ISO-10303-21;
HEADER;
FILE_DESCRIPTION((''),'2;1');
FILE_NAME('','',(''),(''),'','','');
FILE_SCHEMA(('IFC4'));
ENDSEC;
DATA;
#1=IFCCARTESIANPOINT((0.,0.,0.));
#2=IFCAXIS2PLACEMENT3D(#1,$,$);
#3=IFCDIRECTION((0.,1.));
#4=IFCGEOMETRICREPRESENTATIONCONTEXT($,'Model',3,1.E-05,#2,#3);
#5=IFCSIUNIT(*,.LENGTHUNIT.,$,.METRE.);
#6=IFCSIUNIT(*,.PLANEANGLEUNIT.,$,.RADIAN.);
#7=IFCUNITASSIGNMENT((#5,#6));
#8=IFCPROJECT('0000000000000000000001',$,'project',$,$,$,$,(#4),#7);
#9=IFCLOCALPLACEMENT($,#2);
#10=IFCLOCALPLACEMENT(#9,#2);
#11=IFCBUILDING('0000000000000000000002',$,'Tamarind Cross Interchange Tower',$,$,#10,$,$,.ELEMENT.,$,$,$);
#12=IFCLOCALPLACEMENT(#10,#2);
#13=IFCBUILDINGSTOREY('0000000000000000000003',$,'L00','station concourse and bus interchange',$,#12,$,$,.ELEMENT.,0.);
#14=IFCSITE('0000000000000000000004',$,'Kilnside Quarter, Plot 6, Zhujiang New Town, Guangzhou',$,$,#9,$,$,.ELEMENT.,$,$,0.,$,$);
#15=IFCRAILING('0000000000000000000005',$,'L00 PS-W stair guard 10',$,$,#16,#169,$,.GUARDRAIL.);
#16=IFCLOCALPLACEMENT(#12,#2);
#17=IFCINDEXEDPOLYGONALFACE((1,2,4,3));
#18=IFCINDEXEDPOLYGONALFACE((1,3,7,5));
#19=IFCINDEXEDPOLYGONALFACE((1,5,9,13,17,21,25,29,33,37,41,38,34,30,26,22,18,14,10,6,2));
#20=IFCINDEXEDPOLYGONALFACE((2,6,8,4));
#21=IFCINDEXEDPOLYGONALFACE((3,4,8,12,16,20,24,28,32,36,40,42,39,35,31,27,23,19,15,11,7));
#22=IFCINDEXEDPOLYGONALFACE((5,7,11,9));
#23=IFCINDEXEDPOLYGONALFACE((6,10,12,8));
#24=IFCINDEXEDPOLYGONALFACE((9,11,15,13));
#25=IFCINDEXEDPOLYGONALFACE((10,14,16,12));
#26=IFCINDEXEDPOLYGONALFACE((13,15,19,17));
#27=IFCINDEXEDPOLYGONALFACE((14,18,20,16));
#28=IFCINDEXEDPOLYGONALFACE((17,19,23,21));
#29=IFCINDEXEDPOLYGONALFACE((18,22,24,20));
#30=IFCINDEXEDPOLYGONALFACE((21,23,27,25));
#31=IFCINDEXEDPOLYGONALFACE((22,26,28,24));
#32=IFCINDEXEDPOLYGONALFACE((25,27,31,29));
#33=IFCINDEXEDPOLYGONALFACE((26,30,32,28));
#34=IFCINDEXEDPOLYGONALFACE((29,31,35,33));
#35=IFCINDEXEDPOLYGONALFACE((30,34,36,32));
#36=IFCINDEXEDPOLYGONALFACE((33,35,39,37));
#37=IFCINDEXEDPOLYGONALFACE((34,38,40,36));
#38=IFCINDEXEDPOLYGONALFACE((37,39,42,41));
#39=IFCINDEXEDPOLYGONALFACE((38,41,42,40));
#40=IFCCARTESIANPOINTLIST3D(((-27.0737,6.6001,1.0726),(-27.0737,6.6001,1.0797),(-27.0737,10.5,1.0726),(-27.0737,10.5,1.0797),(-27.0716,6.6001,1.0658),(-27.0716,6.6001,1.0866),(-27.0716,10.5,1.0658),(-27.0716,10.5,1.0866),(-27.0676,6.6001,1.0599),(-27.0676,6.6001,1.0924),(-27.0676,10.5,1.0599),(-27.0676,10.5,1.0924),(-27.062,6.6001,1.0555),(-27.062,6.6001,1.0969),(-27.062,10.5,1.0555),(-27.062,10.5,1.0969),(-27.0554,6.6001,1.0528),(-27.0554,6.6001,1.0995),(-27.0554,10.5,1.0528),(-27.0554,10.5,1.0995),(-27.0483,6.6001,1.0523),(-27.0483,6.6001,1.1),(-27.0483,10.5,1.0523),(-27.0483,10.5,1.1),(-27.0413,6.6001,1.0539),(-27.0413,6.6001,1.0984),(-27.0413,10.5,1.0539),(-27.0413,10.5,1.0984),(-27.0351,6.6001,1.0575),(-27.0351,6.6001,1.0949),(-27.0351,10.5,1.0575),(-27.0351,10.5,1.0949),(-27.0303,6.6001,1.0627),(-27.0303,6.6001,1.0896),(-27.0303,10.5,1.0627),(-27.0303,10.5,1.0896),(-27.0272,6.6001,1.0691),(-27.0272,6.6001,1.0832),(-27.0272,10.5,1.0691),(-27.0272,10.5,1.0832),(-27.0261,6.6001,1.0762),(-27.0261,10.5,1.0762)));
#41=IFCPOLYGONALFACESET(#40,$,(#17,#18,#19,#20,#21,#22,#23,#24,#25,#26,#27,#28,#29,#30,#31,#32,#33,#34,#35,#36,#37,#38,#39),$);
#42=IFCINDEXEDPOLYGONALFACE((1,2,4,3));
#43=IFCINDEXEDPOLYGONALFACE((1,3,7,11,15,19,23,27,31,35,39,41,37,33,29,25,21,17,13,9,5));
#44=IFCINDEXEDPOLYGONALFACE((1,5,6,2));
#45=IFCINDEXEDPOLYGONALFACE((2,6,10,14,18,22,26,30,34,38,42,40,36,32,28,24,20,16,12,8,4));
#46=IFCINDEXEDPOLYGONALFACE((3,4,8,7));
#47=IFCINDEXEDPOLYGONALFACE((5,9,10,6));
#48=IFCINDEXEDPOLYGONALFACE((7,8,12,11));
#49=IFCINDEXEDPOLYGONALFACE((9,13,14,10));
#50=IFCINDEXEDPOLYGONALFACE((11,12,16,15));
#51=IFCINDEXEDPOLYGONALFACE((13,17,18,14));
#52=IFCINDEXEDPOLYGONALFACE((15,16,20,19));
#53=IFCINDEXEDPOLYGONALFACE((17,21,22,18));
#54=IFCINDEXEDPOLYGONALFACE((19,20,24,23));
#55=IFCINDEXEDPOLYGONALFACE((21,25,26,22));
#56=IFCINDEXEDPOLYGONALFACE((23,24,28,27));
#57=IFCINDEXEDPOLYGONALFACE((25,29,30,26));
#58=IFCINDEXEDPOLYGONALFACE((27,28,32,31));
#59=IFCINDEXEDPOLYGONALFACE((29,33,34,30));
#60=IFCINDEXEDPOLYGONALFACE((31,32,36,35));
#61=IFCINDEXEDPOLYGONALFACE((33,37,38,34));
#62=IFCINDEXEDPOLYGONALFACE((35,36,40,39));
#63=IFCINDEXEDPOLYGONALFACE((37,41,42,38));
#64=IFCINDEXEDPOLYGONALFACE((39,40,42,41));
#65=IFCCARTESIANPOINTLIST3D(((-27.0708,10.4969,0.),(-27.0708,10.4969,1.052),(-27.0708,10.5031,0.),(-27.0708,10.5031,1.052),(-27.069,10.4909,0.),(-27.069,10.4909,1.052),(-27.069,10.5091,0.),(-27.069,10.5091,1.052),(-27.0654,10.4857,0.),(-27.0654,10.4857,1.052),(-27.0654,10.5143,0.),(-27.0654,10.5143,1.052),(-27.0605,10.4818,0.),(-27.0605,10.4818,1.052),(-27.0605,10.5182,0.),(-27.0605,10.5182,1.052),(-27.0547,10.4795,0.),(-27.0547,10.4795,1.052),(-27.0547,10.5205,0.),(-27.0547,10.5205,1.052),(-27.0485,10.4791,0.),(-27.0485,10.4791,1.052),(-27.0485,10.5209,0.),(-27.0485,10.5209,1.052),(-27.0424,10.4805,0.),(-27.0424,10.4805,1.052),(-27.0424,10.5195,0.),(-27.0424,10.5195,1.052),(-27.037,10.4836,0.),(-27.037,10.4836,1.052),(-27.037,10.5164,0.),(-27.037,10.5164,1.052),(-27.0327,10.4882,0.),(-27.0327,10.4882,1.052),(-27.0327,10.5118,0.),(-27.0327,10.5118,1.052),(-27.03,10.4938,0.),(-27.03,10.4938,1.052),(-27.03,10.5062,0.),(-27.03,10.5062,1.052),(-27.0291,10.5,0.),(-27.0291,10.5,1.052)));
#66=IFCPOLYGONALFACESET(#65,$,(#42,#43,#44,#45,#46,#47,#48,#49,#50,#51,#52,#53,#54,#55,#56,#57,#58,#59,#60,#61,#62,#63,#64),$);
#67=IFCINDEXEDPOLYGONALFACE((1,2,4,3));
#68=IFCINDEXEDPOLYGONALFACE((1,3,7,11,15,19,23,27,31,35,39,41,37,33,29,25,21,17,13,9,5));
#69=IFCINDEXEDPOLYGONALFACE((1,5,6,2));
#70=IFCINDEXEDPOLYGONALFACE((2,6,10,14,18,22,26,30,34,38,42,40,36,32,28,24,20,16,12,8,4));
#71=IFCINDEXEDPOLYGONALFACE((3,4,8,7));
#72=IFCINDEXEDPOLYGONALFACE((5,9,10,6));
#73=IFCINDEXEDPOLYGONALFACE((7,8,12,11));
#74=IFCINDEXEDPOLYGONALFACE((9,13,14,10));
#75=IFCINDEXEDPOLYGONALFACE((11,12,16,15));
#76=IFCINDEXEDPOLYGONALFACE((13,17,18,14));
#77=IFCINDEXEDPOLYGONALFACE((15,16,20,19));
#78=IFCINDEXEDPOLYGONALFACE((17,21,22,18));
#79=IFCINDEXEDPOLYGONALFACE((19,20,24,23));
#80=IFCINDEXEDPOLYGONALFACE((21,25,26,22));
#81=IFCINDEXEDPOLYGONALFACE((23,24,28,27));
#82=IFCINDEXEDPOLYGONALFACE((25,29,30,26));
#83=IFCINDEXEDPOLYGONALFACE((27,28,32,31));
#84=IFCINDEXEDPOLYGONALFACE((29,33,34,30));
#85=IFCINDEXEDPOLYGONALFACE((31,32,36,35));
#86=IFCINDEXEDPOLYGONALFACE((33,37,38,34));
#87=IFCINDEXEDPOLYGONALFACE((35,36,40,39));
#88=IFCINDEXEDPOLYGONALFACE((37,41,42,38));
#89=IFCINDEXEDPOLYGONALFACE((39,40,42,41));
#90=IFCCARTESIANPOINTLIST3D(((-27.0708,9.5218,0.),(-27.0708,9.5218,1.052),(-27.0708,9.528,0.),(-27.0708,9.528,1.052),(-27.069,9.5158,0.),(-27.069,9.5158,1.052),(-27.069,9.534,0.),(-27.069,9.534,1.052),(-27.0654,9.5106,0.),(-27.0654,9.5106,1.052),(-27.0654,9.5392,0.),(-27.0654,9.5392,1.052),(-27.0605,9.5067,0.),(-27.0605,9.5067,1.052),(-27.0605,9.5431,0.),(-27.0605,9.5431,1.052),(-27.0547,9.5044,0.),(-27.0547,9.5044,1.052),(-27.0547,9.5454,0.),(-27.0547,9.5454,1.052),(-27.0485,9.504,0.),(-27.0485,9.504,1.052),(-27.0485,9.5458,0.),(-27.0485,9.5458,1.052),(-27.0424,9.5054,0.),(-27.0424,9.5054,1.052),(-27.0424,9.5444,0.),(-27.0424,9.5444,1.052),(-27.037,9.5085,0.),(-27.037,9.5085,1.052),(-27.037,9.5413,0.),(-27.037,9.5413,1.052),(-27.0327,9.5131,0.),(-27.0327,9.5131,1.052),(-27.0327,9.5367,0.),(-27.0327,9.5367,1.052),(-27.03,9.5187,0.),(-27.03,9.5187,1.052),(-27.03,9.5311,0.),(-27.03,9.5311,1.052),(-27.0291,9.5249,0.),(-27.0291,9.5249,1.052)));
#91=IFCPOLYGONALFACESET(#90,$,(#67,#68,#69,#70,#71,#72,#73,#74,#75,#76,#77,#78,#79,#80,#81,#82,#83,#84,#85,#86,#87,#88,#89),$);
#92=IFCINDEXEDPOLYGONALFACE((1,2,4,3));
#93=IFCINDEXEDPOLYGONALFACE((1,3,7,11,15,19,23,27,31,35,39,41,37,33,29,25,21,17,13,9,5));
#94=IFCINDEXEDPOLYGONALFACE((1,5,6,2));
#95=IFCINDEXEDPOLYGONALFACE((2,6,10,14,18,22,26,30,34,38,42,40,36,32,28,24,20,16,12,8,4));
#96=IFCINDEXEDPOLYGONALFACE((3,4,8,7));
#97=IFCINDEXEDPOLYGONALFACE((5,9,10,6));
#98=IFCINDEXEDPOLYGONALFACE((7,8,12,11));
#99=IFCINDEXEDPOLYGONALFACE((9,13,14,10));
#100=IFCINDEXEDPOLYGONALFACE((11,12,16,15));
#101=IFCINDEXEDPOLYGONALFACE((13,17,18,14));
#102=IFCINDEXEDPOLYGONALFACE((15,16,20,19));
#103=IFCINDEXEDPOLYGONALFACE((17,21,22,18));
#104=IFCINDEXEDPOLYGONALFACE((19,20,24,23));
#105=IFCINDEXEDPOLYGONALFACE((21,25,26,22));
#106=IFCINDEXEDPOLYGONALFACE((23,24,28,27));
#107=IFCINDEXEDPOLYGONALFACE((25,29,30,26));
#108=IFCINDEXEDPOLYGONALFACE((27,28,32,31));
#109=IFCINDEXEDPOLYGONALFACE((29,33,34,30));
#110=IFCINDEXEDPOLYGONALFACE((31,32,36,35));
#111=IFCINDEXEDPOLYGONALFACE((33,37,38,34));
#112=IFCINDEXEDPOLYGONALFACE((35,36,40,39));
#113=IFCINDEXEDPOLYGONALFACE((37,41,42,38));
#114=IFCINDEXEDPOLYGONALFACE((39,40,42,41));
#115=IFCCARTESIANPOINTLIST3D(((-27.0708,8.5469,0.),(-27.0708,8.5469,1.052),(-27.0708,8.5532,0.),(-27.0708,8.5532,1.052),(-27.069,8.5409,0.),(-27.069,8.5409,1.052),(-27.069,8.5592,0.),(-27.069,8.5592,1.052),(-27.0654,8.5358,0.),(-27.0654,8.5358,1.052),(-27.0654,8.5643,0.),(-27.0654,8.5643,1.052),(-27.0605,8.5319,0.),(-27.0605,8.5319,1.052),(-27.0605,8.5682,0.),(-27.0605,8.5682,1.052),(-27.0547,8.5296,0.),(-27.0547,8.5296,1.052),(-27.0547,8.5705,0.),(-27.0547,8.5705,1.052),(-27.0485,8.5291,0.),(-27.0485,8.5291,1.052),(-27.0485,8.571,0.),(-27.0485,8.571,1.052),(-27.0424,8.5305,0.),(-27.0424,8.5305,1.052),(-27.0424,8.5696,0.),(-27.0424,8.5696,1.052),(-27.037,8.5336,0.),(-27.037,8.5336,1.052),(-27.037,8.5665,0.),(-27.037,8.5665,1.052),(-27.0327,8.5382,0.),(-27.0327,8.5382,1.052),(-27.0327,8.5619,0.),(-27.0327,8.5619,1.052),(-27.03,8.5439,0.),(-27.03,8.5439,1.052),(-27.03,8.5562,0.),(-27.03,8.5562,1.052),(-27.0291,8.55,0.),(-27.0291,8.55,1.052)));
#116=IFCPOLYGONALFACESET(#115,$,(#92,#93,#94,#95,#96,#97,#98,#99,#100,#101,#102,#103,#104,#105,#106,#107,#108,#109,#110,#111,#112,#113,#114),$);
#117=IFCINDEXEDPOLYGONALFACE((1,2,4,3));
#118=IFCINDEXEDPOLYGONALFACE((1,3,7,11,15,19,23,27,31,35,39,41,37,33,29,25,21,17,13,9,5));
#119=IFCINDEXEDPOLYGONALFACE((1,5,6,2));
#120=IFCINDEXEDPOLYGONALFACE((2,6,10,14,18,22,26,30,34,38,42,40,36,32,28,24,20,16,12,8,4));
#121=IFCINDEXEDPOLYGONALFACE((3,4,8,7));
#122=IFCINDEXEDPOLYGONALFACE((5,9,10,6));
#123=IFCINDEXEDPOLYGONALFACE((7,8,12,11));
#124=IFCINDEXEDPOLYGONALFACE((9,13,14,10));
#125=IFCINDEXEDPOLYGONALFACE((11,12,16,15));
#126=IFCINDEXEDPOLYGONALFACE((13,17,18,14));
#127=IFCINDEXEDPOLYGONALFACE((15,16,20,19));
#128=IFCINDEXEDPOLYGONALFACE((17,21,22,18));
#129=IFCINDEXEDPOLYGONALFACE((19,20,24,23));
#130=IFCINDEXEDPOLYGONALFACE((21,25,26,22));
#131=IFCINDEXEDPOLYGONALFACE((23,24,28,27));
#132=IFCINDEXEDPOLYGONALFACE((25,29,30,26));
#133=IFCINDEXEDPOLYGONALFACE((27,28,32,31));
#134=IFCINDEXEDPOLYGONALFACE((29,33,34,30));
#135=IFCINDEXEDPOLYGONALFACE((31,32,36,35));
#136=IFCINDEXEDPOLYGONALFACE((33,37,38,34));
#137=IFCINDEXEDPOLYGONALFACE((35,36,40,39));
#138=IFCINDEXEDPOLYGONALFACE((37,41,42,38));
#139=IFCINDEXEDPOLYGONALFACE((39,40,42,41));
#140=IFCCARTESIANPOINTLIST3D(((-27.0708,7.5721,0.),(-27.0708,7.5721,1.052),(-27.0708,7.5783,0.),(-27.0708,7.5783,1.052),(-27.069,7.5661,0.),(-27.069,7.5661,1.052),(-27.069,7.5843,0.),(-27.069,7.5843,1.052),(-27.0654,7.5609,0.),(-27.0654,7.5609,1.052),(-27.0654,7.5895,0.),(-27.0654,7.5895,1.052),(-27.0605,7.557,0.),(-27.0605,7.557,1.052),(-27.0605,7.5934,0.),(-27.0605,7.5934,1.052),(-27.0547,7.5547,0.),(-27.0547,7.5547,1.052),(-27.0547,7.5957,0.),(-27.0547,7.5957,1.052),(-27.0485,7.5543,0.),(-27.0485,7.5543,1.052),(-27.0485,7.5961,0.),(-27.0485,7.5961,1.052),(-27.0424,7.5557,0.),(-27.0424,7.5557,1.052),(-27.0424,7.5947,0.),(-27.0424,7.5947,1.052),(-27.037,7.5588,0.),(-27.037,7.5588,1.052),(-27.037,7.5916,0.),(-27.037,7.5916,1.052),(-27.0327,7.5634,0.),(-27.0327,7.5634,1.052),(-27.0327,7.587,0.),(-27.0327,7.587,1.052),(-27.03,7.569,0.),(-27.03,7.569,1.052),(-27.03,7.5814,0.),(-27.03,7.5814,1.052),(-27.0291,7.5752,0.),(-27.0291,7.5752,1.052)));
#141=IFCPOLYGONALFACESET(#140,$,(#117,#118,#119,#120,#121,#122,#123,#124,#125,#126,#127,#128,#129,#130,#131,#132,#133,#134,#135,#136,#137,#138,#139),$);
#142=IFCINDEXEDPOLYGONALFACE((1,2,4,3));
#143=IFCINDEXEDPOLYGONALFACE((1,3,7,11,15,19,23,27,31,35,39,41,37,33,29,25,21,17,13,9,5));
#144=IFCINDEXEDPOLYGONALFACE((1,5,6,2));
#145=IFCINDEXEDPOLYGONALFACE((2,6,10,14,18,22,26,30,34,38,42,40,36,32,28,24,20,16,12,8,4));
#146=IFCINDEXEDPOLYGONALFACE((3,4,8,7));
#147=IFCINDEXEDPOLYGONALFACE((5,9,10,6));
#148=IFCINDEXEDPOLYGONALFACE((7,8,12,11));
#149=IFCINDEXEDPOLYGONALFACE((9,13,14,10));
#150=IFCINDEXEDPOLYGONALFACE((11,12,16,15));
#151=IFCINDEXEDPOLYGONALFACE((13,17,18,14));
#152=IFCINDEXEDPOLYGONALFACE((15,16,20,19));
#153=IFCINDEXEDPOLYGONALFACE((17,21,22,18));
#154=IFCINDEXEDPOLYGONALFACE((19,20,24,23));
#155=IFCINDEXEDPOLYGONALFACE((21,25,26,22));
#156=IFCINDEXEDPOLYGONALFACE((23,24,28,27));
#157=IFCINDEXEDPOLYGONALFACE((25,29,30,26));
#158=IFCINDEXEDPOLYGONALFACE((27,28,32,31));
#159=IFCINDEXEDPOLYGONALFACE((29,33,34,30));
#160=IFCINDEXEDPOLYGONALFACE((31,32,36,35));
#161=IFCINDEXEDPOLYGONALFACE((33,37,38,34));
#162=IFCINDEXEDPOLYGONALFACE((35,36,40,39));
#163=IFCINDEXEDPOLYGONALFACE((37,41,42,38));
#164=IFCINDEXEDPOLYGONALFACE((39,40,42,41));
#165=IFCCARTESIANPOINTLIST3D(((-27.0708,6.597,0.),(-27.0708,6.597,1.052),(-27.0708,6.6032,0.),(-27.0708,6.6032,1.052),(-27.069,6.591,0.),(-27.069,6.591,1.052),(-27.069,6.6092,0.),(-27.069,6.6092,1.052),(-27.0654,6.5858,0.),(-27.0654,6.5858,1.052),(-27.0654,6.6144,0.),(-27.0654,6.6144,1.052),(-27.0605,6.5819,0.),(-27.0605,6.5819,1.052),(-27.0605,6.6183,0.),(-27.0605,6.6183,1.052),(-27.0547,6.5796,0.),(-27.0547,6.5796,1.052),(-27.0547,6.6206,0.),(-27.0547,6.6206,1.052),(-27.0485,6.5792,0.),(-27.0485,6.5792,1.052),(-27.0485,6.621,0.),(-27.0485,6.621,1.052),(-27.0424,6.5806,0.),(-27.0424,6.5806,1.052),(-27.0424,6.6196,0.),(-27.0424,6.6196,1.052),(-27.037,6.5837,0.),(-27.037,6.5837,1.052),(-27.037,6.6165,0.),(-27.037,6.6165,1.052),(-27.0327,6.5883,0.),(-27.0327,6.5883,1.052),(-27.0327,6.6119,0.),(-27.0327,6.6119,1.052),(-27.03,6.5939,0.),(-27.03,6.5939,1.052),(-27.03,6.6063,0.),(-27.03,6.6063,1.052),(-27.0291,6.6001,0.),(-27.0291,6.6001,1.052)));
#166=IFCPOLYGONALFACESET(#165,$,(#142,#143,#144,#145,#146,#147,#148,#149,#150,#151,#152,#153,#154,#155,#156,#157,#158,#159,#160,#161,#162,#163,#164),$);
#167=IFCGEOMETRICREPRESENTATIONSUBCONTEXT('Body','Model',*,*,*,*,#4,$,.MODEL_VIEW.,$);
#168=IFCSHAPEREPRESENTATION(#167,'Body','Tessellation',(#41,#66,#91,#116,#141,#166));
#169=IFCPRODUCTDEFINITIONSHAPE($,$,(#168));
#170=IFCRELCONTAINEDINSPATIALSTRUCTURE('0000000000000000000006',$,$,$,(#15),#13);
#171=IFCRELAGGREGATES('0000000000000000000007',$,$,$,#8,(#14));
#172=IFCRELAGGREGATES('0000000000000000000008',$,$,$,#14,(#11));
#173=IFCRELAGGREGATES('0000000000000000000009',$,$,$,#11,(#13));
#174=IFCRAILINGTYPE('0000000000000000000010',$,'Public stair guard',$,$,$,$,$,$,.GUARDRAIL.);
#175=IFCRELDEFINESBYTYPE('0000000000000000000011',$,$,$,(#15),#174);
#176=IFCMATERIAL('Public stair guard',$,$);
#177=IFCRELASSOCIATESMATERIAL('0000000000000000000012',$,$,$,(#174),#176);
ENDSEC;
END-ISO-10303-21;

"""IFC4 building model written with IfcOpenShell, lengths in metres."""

from ifc_helpers import new_model, si_unit, direction, frame, origin, origin_2d, place, context, subcontext, project, spatial, circle, extrude, material, type_object, element, save


model = new_model("IFC4")

# Units and contexts
model_context = context("Model", 3, precision=1e-05, world=origin(), true_north=direction((0.0, 1.0)))
body_context = subcontext(model_context, "Body", "Model", "MODEL_VIEW")
ifc_project = project(units=[si_unit("LENGTHUNIT", "METRE"), si_unit("PLANEANGLEUNIT", "RADIAN")], contexts=[model_context])

# Site, building, storey
site_placement = place(None, origin())
site = spatial("IfcSite", under=ifc_project, at=site_placement, Name="Kilnside Quarter, Plot 6, Zhujiang New Town, Guangzhou", CompositionType="ELEMENT", RefElevation=0.0)
building_placement = place(site_placement, origin())
building = spatial("IfcBuilding", under=site, at=building_placement, Name="Tamarind Cross Interchange Tower", CompositionType="ELEMENT")
storey_placement = place(building_placement, origin())
storey = spatial("IfcBuildingStorey", under=building, at=storey_placement, Name="L00", Description="station concourse and bus interchange", CompositionType="ELEMENT", Elevation=0.0)

# Railing
ifc_material_1 = material(Name="Public stair guard")
railing_type_1 = type_object("IfcRailingType", Name="Public stair guard", PredefinedType="GUARDRAIL", material=ifc_material_1)
railing_1_placement = place(storey_placement, frame((-27.05, 10.5, 0.0)))
element("IfcRailing", 1, at=railing_1_placement, inside=storey, type_object=railing_type_1, Name="L00 PS-W stair guard 10", PredefinedType="GUARDRAIL", context=body_context, shape_type="SweptSolid", body=[
    extrude(circle(Radius=0.0239, at=origin_2d()), frame((0.0, 0.0, 1.0762), z_axis=(0.0, -1.0, 0.0), x_axis=(1.0, 0.0, 0.0)), (0.0, 0.0, 1.0), 3.8999),
    extrude(circle(Radius=0.021, at=origin_2d()), origin(), (0.0, 0.0, 1.0), 1.052),
    extrude(circle(Radius=0.021, at=origin_2d()), frame((0.0, -0.9751, 0.0)), (0.0, 0.0, 1.0), 1.052),
    extrude(circle(Radius=0.021, at=origin_2d()), frame((0.0, -1.95, 0.0)), (0.0, 0.0, 1.0), 1.052),
    extrude(circle(Radius=0.021, at=origin_2d()), frame((0.0, -2.9248, 0.0)), (0.0, 0.0, 1.0), 1.052),
    extrude(circle(Radius=0.021, at=origin_2d()), frame((0.0, -3.8999, 0.0)), (0.0, 0.0, 1.0), 1.052),
])

save(model, "model.ifc")
